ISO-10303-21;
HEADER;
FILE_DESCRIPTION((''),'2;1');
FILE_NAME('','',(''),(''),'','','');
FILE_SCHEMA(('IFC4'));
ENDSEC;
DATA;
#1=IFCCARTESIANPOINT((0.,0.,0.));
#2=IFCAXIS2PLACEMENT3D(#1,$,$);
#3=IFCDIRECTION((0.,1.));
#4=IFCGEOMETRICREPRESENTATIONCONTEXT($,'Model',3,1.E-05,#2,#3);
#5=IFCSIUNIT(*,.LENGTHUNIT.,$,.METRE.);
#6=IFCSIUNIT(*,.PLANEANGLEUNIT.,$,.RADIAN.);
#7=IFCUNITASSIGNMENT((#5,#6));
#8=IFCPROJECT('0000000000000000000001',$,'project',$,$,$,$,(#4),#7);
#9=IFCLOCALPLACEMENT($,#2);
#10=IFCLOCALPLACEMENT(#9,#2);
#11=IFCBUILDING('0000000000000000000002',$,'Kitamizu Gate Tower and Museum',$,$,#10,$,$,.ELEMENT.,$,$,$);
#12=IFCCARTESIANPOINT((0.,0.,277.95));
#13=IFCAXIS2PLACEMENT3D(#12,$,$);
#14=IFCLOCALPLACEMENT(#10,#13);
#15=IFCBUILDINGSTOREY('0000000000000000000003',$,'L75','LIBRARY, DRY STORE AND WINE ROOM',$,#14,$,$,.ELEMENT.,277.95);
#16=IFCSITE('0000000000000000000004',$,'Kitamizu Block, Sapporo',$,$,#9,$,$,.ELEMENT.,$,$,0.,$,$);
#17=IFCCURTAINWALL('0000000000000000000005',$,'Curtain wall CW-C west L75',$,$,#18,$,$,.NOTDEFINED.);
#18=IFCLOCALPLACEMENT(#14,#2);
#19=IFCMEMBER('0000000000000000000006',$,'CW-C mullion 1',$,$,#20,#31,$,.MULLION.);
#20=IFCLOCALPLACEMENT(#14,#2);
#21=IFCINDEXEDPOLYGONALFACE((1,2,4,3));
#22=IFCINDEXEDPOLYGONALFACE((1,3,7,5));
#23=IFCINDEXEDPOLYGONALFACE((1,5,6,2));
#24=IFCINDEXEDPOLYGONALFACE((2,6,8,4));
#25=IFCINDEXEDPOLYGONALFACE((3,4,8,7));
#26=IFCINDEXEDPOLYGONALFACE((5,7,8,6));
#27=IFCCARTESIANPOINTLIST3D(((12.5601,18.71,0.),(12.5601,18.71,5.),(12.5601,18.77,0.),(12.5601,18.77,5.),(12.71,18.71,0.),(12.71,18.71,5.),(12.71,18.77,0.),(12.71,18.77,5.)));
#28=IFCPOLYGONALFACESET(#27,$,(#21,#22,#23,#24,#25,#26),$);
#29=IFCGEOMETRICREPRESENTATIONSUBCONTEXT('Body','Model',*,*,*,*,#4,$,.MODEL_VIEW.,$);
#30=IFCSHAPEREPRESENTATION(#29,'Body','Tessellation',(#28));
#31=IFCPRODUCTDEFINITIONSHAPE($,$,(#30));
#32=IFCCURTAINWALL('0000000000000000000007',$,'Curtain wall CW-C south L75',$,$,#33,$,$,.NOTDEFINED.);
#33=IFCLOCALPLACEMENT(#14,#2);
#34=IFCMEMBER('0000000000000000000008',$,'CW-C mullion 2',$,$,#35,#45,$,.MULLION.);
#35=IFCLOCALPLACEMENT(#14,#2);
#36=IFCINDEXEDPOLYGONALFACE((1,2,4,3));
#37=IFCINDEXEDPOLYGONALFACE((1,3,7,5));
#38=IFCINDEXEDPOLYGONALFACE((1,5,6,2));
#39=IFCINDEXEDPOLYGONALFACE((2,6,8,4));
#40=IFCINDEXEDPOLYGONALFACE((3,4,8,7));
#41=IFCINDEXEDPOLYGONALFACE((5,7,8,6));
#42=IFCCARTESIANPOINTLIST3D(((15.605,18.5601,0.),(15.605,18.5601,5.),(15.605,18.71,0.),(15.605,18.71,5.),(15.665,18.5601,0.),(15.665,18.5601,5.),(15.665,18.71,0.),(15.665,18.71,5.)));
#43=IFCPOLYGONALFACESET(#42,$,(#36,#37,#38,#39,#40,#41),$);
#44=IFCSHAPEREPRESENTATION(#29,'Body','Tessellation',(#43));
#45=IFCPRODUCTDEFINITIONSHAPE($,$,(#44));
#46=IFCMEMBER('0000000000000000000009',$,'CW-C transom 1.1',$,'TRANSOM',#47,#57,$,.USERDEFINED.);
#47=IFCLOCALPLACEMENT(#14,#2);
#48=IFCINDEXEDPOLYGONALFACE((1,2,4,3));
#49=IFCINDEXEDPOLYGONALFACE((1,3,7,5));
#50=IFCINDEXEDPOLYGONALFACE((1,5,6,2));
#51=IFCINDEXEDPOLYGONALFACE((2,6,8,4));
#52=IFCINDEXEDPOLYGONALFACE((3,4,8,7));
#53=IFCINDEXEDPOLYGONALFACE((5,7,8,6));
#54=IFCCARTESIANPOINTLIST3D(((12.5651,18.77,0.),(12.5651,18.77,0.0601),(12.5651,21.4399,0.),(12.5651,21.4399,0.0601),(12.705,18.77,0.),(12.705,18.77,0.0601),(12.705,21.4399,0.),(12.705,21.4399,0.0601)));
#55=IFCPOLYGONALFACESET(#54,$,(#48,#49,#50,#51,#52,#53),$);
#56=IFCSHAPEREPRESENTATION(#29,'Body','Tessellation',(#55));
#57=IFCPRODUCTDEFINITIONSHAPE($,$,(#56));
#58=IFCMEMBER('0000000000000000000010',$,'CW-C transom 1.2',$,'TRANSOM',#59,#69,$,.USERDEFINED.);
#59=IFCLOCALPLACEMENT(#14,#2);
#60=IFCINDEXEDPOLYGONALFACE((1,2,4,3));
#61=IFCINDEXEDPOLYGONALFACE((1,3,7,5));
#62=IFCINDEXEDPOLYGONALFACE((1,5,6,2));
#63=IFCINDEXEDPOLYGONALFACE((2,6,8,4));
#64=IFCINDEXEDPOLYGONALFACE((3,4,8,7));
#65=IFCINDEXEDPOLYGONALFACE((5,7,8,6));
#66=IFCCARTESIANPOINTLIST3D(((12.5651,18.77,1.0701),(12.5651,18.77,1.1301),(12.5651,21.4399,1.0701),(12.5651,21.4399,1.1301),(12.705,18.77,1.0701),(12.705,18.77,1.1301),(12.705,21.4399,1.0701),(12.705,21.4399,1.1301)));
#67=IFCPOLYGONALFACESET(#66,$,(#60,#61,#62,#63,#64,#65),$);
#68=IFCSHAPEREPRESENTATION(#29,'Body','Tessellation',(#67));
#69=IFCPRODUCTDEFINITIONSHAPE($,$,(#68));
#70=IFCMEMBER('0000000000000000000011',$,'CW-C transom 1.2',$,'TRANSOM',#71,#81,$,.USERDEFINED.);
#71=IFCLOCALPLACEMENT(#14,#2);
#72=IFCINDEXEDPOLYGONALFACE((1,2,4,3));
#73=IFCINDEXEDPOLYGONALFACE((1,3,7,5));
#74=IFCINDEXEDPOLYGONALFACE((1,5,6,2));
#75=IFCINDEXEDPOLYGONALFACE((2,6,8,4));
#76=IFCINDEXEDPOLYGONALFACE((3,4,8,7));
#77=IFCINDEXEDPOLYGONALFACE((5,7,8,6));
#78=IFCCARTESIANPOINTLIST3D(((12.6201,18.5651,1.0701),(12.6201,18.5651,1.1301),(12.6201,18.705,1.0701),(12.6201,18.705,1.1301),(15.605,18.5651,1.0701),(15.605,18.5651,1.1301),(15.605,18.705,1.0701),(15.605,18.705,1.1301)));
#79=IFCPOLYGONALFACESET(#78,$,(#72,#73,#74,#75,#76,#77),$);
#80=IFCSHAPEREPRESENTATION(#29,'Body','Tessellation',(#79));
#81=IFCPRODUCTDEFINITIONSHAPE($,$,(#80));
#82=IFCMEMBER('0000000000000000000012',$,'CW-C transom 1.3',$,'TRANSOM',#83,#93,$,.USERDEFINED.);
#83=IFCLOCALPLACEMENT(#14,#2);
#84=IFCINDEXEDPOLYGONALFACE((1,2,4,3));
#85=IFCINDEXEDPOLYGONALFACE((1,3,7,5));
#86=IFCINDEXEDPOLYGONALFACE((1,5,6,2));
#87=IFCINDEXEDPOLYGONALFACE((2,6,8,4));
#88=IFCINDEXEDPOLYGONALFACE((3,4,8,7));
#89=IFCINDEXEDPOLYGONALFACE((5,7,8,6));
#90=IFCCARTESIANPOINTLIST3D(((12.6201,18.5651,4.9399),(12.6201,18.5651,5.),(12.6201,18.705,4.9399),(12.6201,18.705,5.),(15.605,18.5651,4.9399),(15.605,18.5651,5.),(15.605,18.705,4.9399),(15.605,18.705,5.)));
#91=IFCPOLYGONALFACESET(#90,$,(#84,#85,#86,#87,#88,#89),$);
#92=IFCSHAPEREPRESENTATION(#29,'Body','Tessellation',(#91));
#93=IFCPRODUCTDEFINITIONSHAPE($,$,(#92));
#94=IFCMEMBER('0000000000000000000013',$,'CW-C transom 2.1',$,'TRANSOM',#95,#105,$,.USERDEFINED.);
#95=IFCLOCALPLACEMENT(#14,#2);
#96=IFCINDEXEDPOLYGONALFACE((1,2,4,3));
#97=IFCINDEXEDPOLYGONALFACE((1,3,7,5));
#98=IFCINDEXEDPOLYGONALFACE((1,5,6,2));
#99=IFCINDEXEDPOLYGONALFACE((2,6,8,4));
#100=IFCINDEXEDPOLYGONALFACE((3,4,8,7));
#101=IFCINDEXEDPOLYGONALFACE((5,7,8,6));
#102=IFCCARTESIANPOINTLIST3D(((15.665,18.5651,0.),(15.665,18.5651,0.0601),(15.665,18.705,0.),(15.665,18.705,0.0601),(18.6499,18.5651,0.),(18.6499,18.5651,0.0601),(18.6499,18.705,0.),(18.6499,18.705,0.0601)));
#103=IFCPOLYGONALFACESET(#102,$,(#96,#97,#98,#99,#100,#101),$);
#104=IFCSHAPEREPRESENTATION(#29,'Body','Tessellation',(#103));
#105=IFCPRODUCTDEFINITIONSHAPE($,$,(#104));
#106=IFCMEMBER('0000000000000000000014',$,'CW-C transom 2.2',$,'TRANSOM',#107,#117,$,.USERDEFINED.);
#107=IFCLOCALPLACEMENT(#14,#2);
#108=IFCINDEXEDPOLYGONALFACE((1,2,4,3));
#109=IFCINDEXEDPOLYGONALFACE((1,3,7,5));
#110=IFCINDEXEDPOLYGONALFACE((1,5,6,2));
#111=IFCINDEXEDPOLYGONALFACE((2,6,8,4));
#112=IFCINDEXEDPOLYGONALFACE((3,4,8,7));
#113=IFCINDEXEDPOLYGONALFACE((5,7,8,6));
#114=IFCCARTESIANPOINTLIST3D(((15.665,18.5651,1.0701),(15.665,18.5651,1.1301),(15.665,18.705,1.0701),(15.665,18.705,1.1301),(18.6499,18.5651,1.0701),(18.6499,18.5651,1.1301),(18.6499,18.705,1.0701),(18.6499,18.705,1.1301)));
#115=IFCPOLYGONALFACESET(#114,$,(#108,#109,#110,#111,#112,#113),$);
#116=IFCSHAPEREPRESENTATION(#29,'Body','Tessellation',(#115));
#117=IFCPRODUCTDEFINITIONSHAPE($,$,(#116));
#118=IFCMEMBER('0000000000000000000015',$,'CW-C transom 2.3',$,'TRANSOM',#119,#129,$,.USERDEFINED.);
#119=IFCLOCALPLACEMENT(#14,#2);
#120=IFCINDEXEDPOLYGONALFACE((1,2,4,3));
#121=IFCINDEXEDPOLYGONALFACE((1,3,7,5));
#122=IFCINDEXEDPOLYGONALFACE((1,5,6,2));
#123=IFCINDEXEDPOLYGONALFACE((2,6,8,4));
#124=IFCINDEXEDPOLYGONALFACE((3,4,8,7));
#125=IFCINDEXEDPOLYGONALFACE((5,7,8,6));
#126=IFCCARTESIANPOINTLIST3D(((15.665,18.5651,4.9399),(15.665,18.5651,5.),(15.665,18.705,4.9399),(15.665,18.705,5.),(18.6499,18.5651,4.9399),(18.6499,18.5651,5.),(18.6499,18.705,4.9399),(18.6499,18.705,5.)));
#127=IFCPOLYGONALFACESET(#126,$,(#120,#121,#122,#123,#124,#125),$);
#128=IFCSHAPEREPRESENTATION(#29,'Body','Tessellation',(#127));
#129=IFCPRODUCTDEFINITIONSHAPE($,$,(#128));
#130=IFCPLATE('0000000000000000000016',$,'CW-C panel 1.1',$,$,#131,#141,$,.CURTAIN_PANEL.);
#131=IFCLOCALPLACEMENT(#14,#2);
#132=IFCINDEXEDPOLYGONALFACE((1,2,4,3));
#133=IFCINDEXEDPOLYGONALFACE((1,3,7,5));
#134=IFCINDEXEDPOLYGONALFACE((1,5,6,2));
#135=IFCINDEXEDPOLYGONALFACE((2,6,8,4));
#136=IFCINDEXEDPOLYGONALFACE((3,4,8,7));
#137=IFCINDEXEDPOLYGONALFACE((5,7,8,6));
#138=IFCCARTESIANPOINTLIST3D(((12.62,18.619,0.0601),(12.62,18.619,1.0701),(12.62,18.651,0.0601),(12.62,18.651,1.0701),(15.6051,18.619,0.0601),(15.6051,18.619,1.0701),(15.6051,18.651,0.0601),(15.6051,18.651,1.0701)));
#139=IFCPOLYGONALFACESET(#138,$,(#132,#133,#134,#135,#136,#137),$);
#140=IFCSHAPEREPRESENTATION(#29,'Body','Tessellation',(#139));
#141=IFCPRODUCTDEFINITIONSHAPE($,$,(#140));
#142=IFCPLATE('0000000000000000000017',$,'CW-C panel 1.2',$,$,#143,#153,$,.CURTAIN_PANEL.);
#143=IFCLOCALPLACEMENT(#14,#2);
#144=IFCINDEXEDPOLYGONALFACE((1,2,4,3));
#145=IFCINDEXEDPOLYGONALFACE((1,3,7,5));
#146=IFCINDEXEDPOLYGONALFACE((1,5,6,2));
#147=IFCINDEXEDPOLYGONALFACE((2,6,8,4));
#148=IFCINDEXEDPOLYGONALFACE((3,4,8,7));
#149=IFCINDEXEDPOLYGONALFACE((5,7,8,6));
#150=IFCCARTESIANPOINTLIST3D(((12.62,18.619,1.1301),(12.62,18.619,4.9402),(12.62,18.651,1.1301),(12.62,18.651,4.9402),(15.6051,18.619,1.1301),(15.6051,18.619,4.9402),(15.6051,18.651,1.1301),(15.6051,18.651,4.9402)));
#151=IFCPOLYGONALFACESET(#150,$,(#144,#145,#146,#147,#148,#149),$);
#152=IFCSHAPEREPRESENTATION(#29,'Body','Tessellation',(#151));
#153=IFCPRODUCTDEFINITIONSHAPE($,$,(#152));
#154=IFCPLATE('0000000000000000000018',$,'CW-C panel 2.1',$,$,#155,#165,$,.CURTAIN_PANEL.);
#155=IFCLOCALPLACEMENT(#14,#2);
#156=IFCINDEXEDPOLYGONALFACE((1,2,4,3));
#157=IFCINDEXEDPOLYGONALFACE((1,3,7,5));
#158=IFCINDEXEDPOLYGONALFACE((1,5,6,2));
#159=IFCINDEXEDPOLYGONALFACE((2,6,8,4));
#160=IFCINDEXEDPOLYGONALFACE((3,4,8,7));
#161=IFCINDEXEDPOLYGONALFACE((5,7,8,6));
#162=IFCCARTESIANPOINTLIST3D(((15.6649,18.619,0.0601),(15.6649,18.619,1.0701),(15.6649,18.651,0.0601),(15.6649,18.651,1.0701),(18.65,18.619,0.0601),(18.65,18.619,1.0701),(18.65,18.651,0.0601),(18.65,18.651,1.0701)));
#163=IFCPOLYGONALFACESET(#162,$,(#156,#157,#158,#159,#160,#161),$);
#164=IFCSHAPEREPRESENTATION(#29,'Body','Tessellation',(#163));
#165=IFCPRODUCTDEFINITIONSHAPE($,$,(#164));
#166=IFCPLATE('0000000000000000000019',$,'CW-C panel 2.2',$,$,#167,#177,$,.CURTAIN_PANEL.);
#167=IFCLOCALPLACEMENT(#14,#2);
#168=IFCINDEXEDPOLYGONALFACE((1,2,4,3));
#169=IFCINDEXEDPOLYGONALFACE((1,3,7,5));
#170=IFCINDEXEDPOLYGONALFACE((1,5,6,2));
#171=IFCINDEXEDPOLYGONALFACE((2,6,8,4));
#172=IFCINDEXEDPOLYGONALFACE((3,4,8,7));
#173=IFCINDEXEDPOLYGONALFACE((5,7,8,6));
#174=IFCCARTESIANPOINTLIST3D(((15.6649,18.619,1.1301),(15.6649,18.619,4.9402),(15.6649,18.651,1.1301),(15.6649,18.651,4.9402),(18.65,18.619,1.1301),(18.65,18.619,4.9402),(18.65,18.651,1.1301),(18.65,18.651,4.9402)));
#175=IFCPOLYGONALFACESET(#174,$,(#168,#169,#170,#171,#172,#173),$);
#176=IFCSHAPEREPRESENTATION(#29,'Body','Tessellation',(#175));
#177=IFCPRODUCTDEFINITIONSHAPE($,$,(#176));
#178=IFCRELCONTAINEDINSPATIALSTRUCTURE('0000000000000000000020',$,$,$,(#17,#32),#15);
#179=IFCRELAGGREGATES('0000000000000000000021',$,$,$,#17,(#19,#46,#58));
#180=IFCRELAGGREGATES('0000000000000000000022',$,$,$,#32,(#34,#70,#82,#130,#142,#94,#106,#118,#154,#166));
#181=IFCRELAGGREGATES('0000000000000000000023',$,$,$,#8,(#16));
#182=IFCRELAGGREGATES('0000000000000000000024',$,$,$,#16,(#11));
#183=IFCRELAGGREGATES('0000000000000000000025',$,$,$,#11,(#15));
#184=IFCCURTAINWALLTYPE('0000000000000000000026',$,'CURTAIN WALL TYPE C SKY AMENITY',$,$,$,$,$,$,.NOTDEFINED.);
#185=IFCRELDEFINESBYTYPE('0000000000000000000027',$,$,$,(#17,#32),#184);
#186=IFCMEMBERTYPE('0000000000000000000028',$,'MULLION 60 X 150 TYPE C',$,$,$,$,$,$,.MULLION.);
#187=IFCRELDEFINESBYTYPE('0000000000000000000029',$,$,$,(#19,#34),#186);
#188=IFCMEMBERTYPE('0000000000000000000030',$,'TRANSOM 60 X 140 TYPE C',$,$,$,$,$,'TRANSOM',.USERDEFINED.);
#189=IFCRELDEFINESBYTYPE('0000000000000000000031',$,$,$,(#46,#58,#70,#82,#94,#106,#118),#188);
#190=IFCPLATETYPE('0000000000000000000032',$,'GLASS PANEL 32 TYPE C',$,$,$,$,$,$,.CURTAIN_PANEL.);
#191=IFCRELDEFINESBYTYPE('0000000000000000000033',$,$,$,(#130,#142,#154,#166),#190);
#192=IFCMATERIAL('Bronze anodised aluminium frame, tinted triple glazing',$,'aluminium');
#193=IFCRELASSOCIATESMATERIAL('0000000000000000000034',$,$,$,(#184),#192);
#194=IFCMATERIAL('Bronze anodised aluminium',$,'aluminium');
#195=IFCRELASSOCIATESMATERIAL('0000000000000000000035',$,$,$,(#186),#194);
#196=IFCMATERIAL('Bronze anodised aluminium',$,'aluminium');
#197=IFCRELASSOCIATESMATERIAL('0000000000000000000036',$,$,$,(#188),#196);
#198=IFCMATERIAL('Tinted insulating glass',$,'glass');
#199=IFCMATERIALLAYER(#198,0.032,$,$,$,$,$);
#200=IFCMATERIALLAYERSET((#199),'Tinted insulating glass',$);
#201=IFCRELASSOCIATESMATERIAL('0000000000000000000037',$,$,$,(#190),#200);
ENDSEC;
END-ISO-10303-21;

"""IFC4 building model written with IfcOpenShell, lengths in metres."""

from ifc_helpers import new_model, si_unit, direction, frame, origin, origin_2d, place, context, subcontext, project, spatial, rectangle, extrude, material, layer, layer_set, material_profile, profile_set, type_object, element, aggregate, save


model = new_model("IFC4")

# Units and contexts
model_context = context("Model", 3, precision=1e-05, world=origin(), true_north=direction((0.0, 1.0)))
body_context = subcontext(model_context, "Body", "Model", "MODEL_VIEW")
ifc_project = project(units=[si_unit("LENGTHUNIT", "METRE"), si_unit("PLANEANGLEUNIT", "RADIAN")], contexts=[model_context])

# Site, building, storey
site_placement = place(None, origin())
site = spatial("IfcSite", under=ifc_project, at=site_placement, Name="Kitamizu Block, Sapporo", CompositionType="ELEMENT", RefElevation=0.0)
building_placement = place(site_placement, origin())
building = spatial("IfcBuilding", under=site, at=building_placement, Name="Kitamizu Gate Tower and Museum", CompositionType="ELEMENT")
storey_placement = place(building_placement, frame((0.0, 0.0, 277.95)))
storey = spatial("IfcBuildingStorey", under=building, at=storey_placement, Name="L75", Description="LIBRARY, DRY STORE AND WINE ROOM", CompositionType="ELEMENT", Elevation=277.95)

# Curtain walls, members
ifc_material_1 = material(Name="Bronze anodised aluminium frame, tinted triple glazing", Category="aluminium")
curtain_wall_type = type_object("IfcCurtainWallType", Name="CURTAIN WALL TYPE C SKY AMENITY", PredefinedType="NOTDEFINED", material=ifc_material_1)
curtain_wall_1_placement = place(storey_placement, origin())
curtain_wall_1 = element("IfcCurtainWall", 1, at=curtain_wall_1_placement, inside=storey, type_object=curtain_wall_type, Name="Curtain wall CW-C west L75", PredefinedType="NOTDEFINED")
ifc_material_2 = material(Name="Bronze anodised aluminium", Category="aluminium")
ifc_material_profile_1 = material_profile(ifc_material_2, rectangle(XDim=0.0601, YDim=0.1499, at=origin_2d()), Name="AL 60X150")
ifc_profile_set_1 = profile_set([ifc_material_profile_1], Name="Bronze anodised aluminium")
member_type_1 = type_object("IfcMemberType", Name="MULLION 60 X 150 TYPE C", PredefinedType="MULLION", material=ifc_profile_set_1)
member_1_placement = place(storey_placement, frame((12.635, 18.74, 0.0), z_axis=(0.0, 0.0, 1.0), x_axis=(0.0, 1.0, 0.0)))
member_1 = element("IfcMember", 2, at=member_1_placement, type_object=member_type_1, Name="CW-C mullion 1", PredefinedType="MULLION", context=body_context, shape_type="SweptSolid", body=[
    extrude(rectangle(XDim=0.0601, YDim=0.1499, at=origin_2d()), origin(), (0.0, 0.0, 1.0), 5.0),
])
curtain_wall_2_placement = place(storey_placement, origin())
curtain_wall_2 = element("IfcCurtainWall", 3, at=curtain_wall_2_placement, inside=storey, type_object=curtain_wall_type, Name="Curtain wall CW-C south L75", PredefinedType="NOTDEFINED")
member_2_placement = place(storey_placement, frame((15.635, 18.635, 0.0), z_axis=(0.0, 0.0, 1.0), x_axis=(1.0, 0.0, 0.0)))
member_2 = element("IfcMember", 4, at=member_2_placement, type_object=member_type_1, Name="CW-C mullion 2", PredefinedType="MULLION", context=body_context, shape_type="SweptSolid", body=[
    extrude(rectangle(XDim=0.0601, YDim=0.1499, at=origin_2d()), origin(), (0.0, 0.0, 1.0), 5.0),
])

# Members
ifc_material_3 = material(Name="Bronze anodised aluminium", Category="aluminium")
ifc_material_profile_2 = material_profile(ifc_material_3, rectangle(XDim=0.1399, YDim=0.0601, at=origin_2d()), Name="AL 60X140")
ifc_profile_set_2 = profile_set([ifc_material_profile_2], Name="Bronze anodised aluminium")
member_type_2 = type_object("IfcMemberType", Name="TRANSOM 60 X 140 TYPE C", ElementType="TRANSOM", PredefinedType="USERDEFINED", material=ifc_profile_set_2)
member_3_placement = place(storey_placement, frame((12.635, 18.77, 0.03), z_axis=(0.0, 1.0, 0.0), x_axis=(-1.0, 0.0, 0.0)))
member_3 = element("IfcMember", 5, at=member_3_placement, type_object=member_type_2, Name="CW-C transom 1.1", ObjectType="TRANSOM", PredefinedType="USERDEFINED", context=body_context, shape_type="SweptSolid", body=[
    extrude(rectangle(XDim=0.1399, YDim=0.0601, at=origin_2d()), origin(), (0.0, 0.0, 1.0), 2.6699),
])
member_4_placement = place(storey_placement, frame((12.635, 18.77, 1.1001), z_axis=(0.0, 1.0, 0.0), x_axis=(-1.0, 0.0, 0.0)))
member_4 = element("IfcMember", 6, at=member_4_placement, type_object=member_type_2, Name="CW-C transom 1.2", ObjectType="TRANSOM", PredefinedType="USERDEFINED", context=body_context, shape_type="SweptSolid", body=[
    extrude(rectangle(XDim=0.1399, YDim=0.0601, at=origin_2d()), origin(), (0.0, 0.0, 1.0), 2.6699),
])
aggregate(curtain_wall_1, [member_1, member_3, member_4])
member_5_placement = place(storey_placement, frame((12.6201, 18.635, 1.1001), z_axis=(1.0, 0.0, 0.0), x_axis=(0.0, 1.0, 0.0)))
member_5 = element("IfcMember", 7, at=member_5_placement, type_object=member_type_2, Name="CW-C transom 1.2", ObjectType="TRANSOM", PredefinedType="USERDEFINED", context=body_context, shape_type="SweptSolid", body=[
    extrude(rectangle(XDim=0.1399, YDim=0.0601, at=origin_2d()), origin(), (0.0, 0.0, 1.0), 2.9849),
])
member_6_placement = place(storey_placement, frame((12.6201, 18.635, 4.97), z_axis=(1.0, 0.0, 0.0), x_axis=(0.0, 1.0, 0.0)))
member_6 = element("IfcMember", 8, at=member_6_placement, type_object=member_type_2, Name="CW-C transom 1.3", ObjectType="TRANSOM", PredefinedType="USERDEFINED", context=body_context, shape_type="SweptSolid", body=[
    extrude(rectangle(XDim=0.1399, YDim=0.0601, at=origin_2d()), origin(), (0.0, 0.0, 1.0), 2.9849),
])
member_7_placement = place(storey_placement, frame((15.665, 18.635, 0.03), z_axis=(1.0, 0.0, 0.0), x_axis=(0.0, 1.0, 0.0)))
member_7 = element("IfcMember", 9, at=member_7_placement, type_object=member_type_2, Name="CW-C transom 2.1", ObjectType="TRANSOM", PredefinedType="USERDEFINED", context=body_context, shape_type="SweptSolid", body=[
    extrude(rectangle(XDim=0.1399, YDim=0.0601, at=origin_2d()), origin(), (0.0, 0.0, 1.0), 2.9849),
])
member_8_placement = place(storey_placement, frame((15.665, 18.635, 1.1001), z_axis=(1.0, 0.0, 0.0), x_axis=(0.0, 1.0, 0.0)))
member_8 = element("IfcMember", 10, at=member_8_placement, type_object=member_type_2, Name="CW-C transom 2.2", ObjectType="TRANSOM", PredefinedType="USERDEFINED", context=body_context, shape_type="SweptSolid", body=[
    extrude(rectangle(XDim=0.1399, YDim=0.0601, at=origin_2d()), origin(), (0.0, 0.0, 1.0), 2.9849),
])
member_9_placement = place(storey_placement, frame((15.665, 18.635, 4.97), z_axis=(1.0, 0.0, 0.0), x_axis=(0.0, 1.0, 0.0)))
member_9 = element("IfcMember", 11, at=member_9_placement, type_object=member_type_2, Name="CW-C transom 2.3", ObjectType="TRANSOM", PredefinedType="USERDEFINED", context=body_context, shape_type="SweptSolid", body=[
    extrude(rectangle(XDim=0.1399, YDim=0.0601, at=origin_2d()), origin(), (0.0, 0.0, 1.0), 2.9849),
])

# Plates
ifc_material_4 = material(Name="Tinted insulating glass", Category="glass")
ifc_layer = layer(ifc_material_4, 0.032)
ifc_layer_set = layer_set([ifc_layer], Name="Tinted insulating glass")
plate_type = type_object("IfcPlateType", Name="GLASS PANEL 32 TYPE C", PredefinedType="CURTAIN_PANEL", material=ifc_layer_set)
plate_1_placement = place(storey_placement, frame((14.1125, 18.635, 0.0601), z_axis=(0.0, 0.0, 1.0), x_axis=(1.0, 0.0, 0.0)))
plate_1 = element("IfcPlate", 12, at=plate_1_placement, type_object=plate_type, Name="CW-C panel 1.1", PredefinedType="CURTAIN_PANEL", context=body_context, shape_type="SweptSolid", body=[
    extrude(rectangle(XDim=2.9851, YDim=0.032, at=origin_2d()), origin(), (0.0, 0.0, 1.0), 1.01),
])
plate_2_placement = place(storey_placement, frame((14.1125, 18.635, 1.1301), z_axis=(0.0, 0.0, 1.0), x_axis=(1.0, 0.0, 0.0)))
plate_2 = element("IfcPlate", 13, at=plate_2_placement, type_object=plate_type, Name="CW-C panel 1.2", PredefinedType="CURTAIN_PANEL", context=body_context, shape_type="SweptSolid", body=[
    extrude(rectangle(XDim=2.9851, YDim=0.032, at=origin_2d()), origin(), (0.0, 0.0, 1.0), 3.8101),
])
plate_3_placement = place(storey_placement, frame((17.1575, 18.635, 0.0601), z_axis=(0.0, 0.0, 1.0), x_axis=(1.0, 0.0, 0.0)))
plate_3 = element("IfcPlate", 14, at=plate_3_placement, type_object=plate_type, Name="CW-C panel 2.1", PredefinedType="CURTAIN_PANEL", context=body_context, shape_type="SweptSolid", body=[
    extrude(rectangle(XDim=2.9851, YDim=0.032, at=origin_2d()), origin(), (0.0, 0.0, 1.0), 1.01),
])
plate_4_placement = place(storey_placement, frame((17.1575, 18.635, 1.1301), z_axis=(0.0, 0.0, 1.0), x_axis=(1.0, 0.0, 0.0)))
plate_4 = element("IfcPlate", 15, at=plate_4_placement, type_object=plate_type, Name="CW-C panel 2.2", PredefinedType="CURTAIN_PANEL", context=body_context, shape_type="SweptSolid", body=[
    extrude(rectangle(XDim=2.9851, YDim=0.032, at=origin_2d()), origin(), (0.0, 0.0, 1.0), 3.8101),
])
aggregate(curtain_wall_2, [member_2, member_5, member_6, plate_1, plate_2, member_7, member_8, member_9, plate_3, plate_4])

save(model, "model.ifc")
